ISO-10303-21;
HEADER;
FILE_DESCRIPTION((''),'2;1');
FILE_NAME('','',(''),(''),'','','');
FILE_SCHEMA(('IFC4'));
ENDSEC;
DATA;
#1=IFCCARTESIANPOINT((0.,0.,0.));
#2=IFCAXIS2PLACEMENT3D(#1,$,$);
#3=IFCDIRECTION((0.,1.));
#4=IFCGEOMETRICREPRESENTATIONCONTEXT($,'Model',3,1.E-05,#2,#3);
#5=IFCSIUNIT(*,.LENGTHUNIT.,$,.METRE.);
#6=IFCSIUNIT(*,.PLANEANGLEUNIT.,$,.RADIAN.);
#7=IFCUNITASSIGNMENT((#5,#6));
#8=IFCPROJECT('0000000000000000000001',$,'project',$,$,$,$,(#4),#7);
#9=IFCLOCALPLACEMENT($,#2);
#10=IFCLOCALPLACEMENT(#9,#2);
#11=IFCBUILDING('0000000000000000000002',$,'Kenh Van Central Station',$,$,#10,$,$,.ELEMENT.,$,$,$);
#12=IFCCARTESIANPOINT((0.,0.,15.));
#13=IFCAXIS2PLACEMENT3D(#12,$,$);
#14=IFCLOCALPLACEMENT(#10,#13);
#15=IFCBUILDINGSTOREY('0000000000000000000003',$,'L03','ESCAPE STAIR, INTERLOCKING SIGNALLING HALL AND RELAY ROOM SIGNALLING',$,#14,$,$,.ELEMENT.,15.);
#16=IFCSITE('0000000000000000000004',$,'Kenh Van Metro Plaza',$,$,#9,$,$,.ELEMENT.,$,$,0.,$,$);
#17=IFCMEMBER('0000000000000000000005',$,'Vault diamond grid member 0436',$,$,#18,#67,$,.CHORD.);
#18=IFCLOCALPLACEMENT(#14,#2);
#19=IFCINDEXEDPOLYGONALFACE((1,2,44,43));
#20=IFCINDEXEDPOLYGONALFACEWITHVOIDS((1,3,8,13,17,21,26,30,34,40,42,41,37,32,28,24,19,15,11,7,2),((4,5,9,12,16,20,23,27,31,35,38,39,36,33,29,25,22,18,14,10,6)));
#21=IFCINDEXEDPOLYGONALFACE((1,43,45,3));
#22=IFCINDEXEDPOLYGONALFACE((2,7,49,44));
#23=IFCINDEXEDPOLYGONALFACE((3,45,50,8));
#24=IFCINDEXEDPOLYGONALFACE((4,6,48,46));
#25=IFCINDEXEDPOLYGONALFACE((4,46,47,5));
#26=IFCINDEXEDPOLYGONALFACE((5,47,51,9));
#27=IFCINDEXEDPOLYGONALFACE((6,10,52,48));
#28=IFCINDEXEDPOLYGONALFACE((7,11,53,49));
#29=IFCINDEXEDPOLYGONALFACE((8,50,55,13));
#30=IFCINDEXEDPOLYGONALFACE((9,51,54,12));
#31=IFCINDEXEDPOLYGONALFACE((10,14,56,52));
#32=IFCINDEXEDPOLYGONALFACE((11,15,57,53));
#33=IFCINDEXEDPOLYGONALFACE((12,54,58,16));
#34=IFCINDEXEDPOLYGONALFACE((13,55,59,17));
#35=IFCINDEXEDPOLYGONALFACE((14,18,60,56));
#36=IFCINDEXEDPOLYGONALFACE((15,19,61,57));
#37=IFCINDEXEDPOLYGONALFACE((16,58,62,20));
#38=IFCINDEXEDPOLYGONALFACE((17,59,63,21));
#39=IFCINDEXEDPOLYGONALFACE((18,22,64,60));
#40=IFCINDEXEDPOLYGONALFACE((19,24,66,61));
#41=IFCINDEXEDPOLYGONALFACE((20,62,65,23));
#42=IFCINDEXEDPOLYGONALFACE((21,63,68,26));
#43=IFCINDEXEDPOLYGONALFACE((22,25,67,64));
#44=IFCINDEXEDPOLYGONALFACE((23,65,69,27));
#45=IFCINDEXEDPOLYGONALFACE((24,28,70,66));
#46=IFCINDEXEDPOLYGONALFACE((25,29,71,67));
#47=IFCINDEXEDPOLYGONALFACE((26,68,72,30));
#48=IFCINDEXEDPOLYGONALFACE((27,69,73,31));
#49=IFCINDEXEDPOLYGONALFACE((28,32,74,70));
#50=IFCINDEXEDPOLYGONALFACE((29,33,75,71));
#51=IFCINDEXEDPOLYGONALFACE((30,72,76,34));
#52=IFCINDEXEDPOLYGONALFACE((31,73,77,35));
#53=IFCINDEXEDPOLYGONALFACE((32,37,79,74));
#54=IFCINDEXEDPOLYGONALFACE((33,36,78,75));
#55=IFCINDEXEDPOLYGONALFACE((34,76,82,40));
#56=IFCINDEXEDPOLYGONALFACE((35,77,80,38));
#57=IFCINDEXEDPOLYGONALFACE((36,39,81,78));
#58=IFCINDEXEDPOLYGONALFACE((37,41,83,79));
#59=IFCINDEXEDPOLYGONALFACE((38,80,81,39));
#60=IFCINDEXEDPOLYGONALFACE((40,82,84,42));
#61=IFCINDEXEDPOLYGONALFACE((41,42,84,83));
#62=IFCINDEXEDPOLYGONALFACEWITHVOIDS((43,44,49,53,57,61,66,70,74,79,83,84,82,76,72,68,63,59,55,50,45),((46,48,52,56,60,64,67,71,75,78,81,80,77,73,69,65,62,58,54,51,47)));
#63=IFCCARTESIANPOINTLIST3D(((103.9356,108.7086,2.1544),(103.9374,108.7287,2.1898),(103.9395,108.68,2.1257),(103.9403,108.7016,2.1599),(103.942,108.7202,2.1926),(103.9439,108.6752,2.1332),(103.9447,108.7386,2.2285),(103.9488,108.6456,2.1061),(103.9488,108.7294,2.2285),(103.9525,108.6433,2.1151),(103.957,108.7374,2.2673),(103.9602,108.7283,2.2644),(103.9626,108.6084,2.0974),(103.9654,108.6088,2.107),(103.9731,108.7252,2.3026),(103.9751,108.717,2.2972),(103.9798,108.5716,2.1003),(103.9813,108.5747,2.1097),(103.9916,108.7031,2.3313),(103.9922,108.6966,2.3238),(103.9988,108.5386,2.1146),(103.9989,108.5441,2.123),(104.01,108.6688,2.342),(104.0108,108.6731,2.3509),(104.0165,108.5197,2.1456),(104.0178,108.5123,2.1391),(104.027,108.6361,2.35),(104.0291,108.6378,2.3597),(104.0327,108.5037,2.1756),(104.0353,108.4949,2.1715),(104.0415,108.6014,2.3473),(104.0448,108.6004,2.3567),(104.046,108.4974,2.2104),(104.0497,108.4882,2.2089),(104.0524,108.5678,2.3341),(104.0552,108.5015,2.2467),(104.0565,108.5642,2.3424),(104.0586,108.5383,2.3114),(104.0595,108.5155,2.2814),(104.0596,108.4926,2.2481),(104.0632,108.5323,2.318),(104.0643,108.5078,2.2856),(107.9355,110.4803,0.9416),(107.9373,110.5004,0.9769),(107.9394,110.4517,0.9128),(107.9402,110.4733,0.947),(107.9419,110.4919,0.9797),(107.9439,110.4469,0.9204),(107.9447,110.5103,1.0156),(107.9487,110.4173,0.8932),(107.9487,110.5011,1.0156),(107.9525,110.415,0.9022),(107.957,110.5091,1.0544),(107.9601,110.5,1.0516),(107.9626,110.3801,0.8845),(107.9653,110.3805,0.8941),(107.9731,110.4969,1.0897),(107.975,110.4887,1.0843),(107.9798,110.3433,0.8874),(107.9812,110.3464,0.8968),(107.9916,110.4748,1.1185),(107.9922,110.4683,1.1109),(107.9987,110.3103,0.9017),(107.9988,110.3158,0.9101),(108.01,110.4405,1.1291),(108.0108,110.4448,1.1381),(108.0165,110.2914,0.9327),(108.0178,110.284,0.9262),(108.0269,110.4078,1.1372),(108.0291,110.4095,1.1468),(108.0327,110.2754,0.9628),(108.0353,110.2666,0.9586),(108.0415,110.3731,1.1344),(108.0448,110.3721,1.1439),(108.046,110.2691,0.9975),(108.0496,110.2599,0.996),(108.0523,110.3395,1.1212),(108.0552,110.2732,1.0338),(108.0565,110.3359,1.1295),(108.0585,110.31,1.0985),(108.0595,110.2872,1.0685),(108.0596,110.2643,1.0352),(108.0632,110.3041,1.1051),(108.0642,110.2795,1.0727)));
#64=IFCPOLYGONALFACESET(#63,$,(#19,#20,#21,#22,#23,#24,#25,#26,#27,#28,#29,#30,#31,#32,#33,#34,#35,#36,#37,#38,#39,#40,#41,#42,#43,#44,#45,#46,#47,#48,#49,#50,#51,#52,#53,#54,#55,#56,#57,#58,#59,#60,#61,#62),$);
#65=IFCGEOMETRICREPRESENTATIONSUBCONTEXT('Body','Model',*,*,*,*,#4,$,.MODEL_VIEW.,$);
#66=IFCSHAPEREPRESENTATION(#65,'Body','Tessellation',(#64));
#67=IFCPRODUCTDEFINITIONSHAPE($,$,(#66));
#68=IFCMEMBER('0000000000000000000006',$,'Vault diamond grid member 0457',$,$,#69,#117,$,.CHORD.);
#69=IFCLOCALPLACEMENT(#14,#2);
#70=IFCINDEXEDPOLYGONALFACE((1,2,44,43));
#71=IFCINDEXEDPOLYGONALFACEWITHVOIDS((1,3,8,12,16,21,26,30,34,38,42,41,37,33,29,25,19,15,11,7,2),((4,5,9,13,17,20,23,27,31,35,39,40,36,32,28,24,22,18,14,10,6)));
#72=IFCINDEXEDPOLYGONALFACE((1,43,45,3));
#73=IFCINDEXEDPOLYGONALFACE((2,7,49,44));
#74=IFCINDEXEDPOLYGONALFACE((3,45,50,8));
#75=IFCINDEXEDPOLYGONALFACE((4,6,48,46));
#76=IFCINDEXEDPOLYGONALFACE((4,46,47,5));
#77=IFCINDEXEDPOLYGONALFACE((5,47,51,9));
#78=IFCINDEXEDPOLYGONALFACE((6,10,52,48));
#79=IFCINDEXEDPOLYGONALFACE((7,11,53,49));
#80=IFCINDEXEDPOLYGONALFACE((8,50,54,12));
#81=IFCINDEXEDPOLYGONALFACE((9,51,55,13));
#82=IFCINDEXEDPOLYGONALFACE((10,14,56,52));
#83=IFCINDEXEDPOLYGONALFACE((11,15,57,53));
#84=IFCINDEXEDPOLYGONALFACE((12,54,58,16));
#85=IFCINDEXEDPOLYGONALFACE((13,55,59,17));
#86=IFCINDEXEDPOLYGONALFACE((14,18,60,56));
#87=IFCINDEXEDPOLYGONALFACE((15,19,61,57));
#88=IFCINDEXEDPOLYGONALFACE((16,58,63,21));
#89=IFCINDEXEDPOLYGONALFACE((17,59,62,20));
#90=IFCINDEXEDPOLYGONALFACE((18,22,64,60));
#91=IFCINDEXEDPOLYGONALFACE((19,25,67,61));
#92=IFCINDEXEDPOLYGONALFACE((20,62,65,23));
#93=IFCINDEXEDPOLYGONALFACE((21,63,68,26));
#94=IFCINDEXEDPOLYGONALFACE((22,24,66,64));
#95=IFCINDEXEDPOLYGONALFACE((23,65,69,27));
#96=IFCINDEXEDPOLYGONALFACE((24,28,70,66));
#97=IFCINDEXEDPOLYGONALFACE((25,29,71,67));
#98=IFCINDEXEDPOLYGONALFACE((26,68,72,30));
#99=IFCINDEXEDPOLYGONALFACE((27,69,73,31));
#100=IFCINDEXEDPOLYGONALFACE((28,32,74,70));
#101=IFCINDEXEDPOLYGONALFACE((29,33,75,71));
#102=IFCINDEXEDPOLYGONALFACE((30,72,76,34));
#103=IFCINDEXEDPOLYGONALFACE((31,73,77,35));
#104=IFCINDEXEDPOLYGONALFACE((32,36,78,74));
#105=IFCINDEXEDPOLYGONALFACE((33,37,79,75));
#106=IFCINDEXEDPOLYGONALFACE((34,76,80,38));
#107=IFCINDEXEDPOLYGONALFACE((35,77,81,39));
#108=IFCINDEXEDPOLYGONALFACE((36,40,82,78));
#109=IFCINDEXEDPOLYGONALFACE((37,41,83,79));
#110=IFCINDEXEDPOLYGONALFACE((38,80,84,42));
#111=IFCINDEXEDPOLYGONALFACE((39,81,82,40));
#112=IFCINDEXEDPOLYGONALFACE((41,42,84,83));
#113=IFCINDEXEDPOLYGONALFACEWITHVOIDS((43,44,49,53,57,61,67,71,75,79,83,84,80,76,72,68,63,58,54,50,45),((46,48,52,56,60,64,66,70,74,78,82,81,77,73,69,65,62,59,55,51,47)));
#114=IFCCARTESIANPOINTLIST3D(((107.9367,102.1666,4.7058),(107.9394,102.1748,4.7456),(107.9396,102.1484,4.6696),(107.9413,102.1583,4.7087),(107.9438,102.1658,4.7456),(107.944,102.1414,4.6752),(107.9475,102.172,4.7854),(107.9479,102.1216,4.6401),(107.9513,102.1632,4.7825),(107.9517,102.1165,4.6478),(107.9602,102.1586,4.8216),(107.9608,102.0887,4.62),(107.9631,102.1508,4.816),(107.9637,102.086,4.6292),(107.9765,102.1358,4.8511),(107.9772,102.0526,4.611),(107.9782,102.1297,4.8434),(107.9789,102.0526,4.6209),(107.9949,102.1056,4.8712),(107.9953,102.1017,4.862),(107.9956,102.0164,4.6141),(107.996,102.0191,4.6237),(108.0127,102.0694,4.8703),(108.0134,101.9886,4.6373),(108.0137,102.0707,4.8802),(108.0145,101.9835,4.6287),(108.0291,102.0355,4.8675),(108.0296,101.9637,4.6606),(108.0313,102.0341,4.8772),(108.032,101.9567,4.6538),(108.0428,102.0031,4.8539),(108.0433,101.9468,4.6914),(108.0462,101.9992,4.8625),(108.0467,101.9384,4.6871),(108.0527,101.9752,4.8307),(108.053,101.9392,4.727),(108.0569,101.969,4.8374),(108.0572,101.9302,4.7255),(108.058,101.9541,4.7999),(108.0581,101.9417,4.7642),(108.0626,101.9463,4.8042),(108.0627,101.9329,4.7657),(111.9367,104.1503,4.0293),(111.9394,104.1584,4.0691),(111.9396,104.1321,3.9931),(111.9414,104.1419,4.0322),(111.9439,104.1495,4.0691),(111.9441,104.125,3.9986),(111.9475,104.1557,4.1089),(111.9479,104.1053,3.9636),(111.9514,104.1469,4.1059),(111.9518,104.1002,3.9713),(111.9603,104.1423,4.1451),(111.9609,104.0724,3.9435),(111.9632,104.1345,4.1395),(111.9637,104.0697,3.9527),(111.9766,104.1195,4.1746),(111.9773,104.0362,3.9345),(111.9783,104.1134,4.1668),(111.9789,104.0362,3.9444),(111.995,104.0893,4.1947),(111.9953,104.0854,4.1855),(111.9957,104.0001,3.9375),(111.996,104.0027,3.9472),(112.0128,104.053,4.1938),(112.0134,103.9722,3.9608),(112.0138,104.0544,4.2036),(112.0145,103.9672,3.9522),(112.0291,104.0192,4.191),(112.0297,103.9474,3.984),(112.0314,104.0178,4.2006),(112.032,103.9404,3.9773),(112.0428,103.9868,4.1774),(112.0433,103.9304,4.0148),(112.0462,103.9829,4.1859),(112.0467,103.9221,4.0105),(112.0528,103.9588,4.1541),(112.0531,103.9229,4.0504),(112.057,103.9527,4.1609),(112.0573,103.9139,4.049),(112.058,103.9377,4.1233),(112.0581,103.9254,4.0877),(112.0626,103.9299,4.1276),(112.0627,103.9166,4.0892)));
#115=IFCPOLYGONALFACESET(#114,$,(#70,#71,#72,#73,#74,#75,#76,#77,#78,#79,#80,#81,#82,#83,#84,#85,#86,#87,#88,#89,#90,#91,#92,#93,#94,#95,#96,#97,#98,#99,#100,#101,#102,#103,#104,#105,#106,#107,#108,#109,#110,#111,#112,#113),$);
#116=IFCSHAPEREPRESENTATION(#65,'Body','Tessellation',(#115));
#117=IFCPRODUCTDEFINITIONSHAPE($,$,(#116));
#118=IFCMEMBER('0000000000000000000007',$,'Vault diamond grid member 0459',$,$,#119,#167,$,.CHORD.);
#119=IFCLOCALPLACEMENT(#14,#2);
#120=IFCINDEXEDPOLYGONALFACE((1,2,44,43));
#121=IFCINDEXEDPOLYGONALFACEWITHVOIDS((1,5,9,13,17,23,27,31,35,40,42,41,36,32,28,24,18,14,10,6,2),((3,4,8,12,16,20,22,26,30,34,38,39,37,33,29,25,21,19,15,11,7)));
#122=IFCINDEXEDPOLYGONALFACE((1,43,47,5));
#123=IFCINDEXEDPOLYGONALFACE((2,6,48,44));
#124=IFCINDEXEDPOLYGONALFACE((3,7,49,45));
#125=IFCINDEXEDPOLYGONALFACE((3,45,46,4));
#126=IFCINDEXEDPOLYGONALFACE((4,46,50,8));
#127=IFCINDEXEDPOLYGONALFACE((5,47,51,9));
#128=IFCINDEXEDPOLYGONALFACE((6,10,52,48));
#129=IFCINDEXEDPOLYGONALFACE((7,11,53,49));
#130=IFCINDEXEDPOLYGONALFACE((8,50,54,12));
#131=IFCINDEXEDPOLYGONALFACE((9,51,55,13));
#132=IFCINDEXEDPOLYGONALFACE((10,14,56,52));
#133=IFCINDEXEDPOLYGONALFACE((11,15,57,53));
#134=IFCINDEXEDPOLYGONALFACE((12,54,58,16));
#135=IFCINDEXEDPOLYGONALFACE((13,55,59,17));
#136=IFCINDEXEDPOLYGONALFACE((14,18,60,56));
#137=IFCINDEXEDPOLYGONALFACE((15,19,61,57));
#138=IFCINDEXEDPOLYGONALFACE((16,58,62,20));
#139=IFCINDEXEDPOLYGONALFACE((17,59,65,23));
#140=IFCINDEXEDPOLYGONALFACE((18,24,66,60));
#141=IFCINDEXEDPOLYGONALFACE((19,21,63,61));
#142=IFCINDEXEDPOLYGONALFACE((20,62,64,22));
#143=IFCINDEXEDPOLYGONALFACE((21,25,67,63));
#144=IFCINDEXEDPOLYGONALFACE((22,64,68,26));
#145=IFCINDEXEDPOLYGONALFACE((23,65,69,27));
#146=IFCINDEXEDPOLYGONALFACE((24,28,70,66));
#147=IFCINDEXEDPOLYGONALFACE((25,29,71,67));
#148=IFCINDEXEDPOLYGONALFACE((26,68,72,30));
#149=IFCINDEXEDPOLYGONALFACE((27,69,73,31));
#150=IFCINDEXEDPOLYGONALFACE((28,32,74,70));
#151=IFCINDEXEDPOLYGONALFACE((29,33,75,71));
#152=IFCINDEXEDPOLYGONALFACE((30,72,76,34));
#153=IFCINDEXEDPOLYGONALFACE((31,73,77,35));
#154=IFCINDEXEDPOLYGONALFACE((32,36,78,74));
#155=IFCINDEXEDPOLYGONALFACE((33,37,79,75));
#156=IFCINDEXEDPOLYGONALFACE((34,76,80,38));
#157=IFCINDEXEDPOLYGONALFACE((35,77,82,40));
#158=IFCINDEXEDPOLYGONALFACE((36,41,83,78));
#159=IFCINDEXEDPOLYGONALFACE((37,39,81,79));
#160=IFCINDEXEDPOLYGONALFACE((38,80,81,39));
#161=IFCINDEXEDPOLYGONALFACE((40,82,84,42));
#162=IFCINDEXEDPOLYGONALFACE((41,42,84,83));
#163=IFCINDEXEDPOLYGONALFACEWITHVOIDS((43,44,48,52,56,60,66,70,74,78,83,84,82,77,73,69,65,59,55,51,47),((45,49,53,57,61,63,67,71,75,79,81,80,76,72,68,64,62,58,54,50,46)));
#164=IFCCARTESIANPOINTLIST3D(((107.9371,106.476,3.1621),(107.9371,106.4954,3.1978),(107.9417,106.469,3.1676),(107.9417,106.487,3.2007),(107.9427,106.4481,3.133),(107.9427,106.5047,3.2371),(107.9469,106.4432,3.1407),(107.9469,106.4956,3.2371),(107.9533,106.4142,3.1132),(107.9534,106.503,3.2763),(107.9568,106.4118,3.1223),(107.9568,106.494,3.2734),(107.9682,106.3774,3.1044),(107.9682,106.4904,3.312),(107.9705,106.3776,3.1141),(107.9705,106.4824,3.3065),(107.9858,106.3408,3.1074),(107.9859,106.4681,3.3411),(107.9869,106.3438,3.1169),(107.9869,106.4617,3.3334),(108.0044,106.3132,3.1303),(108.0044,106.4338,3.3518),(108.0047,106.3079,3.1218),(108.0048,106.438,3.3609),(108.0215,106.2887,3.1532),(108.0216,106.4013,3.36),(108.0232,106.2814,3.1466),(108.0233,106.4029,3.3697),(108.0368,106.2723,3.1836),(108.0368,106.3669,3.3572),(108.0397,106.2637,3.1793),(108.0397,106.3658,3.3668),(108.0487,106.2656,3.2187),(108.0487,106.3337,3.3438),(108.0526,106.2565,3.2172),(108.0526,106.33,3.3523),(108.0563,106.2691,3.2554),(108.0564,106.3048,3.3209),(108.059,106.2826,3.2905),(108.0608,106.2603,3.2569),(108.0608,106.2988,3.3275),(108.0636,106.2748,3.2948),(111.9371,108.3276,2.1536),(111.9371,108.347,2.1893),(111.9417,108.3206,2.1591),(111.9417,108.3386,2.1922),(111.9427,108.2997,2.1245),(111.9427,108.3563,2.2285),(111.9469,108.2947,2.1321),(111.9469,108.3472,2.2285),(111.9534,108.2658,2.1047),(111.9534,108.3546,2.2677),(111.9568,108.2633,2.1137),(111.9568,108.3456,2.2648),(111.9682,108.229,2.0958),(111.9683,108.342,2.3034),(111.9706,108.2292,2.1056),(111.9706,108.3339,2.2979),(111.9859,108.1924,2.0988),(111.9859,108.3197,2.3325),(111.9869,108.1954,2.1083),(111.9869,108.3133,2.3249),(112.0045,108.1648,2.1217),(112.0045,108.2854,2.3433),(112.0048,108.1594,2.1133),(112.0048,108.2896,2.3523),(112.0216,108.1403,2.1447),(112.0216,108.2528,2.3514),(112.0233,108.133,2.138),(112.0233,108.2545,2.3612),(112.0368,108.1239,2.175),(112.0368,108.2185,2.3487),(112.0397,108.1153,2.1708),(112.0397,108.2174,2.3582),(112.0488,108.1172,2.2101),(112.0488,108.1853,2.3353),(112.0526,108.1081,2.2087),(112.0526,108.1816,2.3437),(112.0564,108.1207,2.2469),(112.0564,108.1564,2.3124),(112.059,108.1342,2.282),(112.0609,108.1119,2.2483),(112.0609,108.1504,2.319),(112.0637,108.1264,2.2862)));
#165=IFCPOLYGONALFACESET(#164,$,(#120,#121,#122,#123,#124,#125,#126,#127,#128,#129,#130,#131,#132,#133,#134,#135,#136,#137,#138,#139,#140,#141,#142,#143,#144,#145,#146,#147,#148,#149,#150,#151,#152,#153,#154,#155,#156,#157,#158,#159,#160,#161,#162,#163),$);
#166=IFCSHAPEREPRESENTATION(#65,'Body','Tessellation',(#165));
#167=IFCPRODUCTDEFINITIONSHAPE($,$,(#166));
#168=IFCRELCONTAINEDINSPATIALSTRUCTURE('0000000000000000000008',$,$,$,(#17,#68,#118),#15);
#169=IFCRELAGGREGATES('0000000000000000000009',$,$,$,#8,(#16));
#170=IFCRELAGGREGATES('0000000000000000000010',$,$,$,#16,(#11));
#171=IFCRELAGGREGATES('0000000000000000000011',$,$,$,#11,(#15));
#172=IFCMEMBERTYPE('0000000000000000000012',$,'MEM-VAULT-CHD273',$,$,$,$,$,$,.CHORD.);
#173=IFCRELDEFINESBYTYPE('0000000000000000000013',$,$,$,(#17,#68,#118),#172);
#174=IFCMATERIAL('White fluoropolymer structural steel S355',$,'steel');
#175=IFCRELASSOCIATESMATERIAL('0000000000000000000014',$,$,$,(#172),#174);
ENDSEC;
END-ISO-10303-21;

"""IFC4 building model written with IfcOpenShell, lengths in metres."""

from ifc_helpers import new_model, si_unit, direction, frame, origin, origin_2d, place, context, subcontext, project, spatial, hollow_circle, extrude, material, material_profile, profile_set, type_object, element, save


model = new_model("IFC4")

# Units and contexts
model_context = context("Model", 3, precision=1e-05, world=origin(), true_north=direction((0.0, 1.0)))
body_context = subcontext(model_context, "Body", "Model", "MODEL_VIEW")
ifc_project = project(units=[si_unit("LENGTHUNIT", "METRE"), si_unit("PLANEANGLEUNIT", "RADIAN")], contexts=[model_context])

# Site, building, storey
site_placement = place(None, origin())
site = spatial("IfcSite", under=ifc_project, at=site_placement, Name="Kenh Van Metro Plaza", CompositionType="ELEMENT", RefElevation=0.0)
building_placement = place(site_placement, origin())
building = spatial("IfcBuilding", under=site, at=building_placement, Name="Kenh Van Central Station", CompositionType="ELEMENT")
storey_placement = place(building_placement, frame((0.0, 0.0, 15.0)))
storey = spatial("IfcBuildingStorey", under=building, at=storey_placement, Name="L03", Description="ESCAPE STAIR, INTERLOCKING SIGNALLING HALL AND RELAY ROOM SIGNALLING", CompositionType="ELEMENT", Elevation=15.0)

# Shared definitions
ifc_material_1 = material(Name="White fluoropolymer structural steel S355", Category="steel")

# Members
ifc_material_profile_1 = material_profile(ifc_material_1, hollow_circle(Radius=0.1365, WallThickness=0.01, at=origin_2d()), Name="CHS 273x10")
ifc_profile_set_1 = profile_set([ifc_material_profile_1], Name="White fluoropolymer structural steel S355")
member_type_1 = type_object("IfcMemberType", Name="MEM-VAULT-CHD273", PredefinedType="CHORD", material=ifc_profile_set_1)
member_1_placement = place(storey_placement, frame((104.0, 108.6138, 2.2285), z_axis=(0.881089, 0.390263, -0.267166), x_axis=(-0.404983, 0.914324, 0.0)))
element("IfcMember", 1, at=member_1_placement, inside=storey, type_object=member_type_1, Name="Vault diamond grid member 0436", PredefinedType="CHORD", context=body_context, shape_type="SweptSolid", body=[
    extrude(hollow_circle(Radius=0.1365, WallThickness=0.01, at=origin_2d()), origin(), (0.0, 0.0, 1.0), 4.5398),
])
member_2_placement = place(storey_placement, frame((108.0, 102.0525, 4.7456), z_axis=(0.885778, 0.439267, -0.14981), x_axis=(-0.44428, 0.895888, 0.0)))
element("IfcMember", 2, at=member_2_placement, inside=storey, type_object=member_type_1, Name="Vault diamond grid member 0457", PredefinedType="CHORD", context=body_context, shape_type="SweptSolid", body=[
    extrude(hollow_circle(Radius=0.1365, WallThickness=0.01, at=origin_2d()), origin(), (0.0, 0.0, 1.0), 4.5159),
])
member_3_placement = place(storey_placement, frame((108.0, 106.3809, 3.2371), z_axis=(0.88463, 0.409487, -0.223047), x_axis=(-0.42007, 0.907492, 0.0)))
element("IfcMember", 3, at=member_3_placement, inside=storey, type_object=member_type_1, Name="Vault diamond grid member 0459", PredefinedType="CHORD", context=body_context, shape_type="SweptSolid", body=[
    extrude(hollow_circle(Radius=0.1365, WallThickness=0.01, at=origin_2d()), origin(), (0.0, 0.0, 1.0), 4.5217),
])

save(model, "model.ifc")
